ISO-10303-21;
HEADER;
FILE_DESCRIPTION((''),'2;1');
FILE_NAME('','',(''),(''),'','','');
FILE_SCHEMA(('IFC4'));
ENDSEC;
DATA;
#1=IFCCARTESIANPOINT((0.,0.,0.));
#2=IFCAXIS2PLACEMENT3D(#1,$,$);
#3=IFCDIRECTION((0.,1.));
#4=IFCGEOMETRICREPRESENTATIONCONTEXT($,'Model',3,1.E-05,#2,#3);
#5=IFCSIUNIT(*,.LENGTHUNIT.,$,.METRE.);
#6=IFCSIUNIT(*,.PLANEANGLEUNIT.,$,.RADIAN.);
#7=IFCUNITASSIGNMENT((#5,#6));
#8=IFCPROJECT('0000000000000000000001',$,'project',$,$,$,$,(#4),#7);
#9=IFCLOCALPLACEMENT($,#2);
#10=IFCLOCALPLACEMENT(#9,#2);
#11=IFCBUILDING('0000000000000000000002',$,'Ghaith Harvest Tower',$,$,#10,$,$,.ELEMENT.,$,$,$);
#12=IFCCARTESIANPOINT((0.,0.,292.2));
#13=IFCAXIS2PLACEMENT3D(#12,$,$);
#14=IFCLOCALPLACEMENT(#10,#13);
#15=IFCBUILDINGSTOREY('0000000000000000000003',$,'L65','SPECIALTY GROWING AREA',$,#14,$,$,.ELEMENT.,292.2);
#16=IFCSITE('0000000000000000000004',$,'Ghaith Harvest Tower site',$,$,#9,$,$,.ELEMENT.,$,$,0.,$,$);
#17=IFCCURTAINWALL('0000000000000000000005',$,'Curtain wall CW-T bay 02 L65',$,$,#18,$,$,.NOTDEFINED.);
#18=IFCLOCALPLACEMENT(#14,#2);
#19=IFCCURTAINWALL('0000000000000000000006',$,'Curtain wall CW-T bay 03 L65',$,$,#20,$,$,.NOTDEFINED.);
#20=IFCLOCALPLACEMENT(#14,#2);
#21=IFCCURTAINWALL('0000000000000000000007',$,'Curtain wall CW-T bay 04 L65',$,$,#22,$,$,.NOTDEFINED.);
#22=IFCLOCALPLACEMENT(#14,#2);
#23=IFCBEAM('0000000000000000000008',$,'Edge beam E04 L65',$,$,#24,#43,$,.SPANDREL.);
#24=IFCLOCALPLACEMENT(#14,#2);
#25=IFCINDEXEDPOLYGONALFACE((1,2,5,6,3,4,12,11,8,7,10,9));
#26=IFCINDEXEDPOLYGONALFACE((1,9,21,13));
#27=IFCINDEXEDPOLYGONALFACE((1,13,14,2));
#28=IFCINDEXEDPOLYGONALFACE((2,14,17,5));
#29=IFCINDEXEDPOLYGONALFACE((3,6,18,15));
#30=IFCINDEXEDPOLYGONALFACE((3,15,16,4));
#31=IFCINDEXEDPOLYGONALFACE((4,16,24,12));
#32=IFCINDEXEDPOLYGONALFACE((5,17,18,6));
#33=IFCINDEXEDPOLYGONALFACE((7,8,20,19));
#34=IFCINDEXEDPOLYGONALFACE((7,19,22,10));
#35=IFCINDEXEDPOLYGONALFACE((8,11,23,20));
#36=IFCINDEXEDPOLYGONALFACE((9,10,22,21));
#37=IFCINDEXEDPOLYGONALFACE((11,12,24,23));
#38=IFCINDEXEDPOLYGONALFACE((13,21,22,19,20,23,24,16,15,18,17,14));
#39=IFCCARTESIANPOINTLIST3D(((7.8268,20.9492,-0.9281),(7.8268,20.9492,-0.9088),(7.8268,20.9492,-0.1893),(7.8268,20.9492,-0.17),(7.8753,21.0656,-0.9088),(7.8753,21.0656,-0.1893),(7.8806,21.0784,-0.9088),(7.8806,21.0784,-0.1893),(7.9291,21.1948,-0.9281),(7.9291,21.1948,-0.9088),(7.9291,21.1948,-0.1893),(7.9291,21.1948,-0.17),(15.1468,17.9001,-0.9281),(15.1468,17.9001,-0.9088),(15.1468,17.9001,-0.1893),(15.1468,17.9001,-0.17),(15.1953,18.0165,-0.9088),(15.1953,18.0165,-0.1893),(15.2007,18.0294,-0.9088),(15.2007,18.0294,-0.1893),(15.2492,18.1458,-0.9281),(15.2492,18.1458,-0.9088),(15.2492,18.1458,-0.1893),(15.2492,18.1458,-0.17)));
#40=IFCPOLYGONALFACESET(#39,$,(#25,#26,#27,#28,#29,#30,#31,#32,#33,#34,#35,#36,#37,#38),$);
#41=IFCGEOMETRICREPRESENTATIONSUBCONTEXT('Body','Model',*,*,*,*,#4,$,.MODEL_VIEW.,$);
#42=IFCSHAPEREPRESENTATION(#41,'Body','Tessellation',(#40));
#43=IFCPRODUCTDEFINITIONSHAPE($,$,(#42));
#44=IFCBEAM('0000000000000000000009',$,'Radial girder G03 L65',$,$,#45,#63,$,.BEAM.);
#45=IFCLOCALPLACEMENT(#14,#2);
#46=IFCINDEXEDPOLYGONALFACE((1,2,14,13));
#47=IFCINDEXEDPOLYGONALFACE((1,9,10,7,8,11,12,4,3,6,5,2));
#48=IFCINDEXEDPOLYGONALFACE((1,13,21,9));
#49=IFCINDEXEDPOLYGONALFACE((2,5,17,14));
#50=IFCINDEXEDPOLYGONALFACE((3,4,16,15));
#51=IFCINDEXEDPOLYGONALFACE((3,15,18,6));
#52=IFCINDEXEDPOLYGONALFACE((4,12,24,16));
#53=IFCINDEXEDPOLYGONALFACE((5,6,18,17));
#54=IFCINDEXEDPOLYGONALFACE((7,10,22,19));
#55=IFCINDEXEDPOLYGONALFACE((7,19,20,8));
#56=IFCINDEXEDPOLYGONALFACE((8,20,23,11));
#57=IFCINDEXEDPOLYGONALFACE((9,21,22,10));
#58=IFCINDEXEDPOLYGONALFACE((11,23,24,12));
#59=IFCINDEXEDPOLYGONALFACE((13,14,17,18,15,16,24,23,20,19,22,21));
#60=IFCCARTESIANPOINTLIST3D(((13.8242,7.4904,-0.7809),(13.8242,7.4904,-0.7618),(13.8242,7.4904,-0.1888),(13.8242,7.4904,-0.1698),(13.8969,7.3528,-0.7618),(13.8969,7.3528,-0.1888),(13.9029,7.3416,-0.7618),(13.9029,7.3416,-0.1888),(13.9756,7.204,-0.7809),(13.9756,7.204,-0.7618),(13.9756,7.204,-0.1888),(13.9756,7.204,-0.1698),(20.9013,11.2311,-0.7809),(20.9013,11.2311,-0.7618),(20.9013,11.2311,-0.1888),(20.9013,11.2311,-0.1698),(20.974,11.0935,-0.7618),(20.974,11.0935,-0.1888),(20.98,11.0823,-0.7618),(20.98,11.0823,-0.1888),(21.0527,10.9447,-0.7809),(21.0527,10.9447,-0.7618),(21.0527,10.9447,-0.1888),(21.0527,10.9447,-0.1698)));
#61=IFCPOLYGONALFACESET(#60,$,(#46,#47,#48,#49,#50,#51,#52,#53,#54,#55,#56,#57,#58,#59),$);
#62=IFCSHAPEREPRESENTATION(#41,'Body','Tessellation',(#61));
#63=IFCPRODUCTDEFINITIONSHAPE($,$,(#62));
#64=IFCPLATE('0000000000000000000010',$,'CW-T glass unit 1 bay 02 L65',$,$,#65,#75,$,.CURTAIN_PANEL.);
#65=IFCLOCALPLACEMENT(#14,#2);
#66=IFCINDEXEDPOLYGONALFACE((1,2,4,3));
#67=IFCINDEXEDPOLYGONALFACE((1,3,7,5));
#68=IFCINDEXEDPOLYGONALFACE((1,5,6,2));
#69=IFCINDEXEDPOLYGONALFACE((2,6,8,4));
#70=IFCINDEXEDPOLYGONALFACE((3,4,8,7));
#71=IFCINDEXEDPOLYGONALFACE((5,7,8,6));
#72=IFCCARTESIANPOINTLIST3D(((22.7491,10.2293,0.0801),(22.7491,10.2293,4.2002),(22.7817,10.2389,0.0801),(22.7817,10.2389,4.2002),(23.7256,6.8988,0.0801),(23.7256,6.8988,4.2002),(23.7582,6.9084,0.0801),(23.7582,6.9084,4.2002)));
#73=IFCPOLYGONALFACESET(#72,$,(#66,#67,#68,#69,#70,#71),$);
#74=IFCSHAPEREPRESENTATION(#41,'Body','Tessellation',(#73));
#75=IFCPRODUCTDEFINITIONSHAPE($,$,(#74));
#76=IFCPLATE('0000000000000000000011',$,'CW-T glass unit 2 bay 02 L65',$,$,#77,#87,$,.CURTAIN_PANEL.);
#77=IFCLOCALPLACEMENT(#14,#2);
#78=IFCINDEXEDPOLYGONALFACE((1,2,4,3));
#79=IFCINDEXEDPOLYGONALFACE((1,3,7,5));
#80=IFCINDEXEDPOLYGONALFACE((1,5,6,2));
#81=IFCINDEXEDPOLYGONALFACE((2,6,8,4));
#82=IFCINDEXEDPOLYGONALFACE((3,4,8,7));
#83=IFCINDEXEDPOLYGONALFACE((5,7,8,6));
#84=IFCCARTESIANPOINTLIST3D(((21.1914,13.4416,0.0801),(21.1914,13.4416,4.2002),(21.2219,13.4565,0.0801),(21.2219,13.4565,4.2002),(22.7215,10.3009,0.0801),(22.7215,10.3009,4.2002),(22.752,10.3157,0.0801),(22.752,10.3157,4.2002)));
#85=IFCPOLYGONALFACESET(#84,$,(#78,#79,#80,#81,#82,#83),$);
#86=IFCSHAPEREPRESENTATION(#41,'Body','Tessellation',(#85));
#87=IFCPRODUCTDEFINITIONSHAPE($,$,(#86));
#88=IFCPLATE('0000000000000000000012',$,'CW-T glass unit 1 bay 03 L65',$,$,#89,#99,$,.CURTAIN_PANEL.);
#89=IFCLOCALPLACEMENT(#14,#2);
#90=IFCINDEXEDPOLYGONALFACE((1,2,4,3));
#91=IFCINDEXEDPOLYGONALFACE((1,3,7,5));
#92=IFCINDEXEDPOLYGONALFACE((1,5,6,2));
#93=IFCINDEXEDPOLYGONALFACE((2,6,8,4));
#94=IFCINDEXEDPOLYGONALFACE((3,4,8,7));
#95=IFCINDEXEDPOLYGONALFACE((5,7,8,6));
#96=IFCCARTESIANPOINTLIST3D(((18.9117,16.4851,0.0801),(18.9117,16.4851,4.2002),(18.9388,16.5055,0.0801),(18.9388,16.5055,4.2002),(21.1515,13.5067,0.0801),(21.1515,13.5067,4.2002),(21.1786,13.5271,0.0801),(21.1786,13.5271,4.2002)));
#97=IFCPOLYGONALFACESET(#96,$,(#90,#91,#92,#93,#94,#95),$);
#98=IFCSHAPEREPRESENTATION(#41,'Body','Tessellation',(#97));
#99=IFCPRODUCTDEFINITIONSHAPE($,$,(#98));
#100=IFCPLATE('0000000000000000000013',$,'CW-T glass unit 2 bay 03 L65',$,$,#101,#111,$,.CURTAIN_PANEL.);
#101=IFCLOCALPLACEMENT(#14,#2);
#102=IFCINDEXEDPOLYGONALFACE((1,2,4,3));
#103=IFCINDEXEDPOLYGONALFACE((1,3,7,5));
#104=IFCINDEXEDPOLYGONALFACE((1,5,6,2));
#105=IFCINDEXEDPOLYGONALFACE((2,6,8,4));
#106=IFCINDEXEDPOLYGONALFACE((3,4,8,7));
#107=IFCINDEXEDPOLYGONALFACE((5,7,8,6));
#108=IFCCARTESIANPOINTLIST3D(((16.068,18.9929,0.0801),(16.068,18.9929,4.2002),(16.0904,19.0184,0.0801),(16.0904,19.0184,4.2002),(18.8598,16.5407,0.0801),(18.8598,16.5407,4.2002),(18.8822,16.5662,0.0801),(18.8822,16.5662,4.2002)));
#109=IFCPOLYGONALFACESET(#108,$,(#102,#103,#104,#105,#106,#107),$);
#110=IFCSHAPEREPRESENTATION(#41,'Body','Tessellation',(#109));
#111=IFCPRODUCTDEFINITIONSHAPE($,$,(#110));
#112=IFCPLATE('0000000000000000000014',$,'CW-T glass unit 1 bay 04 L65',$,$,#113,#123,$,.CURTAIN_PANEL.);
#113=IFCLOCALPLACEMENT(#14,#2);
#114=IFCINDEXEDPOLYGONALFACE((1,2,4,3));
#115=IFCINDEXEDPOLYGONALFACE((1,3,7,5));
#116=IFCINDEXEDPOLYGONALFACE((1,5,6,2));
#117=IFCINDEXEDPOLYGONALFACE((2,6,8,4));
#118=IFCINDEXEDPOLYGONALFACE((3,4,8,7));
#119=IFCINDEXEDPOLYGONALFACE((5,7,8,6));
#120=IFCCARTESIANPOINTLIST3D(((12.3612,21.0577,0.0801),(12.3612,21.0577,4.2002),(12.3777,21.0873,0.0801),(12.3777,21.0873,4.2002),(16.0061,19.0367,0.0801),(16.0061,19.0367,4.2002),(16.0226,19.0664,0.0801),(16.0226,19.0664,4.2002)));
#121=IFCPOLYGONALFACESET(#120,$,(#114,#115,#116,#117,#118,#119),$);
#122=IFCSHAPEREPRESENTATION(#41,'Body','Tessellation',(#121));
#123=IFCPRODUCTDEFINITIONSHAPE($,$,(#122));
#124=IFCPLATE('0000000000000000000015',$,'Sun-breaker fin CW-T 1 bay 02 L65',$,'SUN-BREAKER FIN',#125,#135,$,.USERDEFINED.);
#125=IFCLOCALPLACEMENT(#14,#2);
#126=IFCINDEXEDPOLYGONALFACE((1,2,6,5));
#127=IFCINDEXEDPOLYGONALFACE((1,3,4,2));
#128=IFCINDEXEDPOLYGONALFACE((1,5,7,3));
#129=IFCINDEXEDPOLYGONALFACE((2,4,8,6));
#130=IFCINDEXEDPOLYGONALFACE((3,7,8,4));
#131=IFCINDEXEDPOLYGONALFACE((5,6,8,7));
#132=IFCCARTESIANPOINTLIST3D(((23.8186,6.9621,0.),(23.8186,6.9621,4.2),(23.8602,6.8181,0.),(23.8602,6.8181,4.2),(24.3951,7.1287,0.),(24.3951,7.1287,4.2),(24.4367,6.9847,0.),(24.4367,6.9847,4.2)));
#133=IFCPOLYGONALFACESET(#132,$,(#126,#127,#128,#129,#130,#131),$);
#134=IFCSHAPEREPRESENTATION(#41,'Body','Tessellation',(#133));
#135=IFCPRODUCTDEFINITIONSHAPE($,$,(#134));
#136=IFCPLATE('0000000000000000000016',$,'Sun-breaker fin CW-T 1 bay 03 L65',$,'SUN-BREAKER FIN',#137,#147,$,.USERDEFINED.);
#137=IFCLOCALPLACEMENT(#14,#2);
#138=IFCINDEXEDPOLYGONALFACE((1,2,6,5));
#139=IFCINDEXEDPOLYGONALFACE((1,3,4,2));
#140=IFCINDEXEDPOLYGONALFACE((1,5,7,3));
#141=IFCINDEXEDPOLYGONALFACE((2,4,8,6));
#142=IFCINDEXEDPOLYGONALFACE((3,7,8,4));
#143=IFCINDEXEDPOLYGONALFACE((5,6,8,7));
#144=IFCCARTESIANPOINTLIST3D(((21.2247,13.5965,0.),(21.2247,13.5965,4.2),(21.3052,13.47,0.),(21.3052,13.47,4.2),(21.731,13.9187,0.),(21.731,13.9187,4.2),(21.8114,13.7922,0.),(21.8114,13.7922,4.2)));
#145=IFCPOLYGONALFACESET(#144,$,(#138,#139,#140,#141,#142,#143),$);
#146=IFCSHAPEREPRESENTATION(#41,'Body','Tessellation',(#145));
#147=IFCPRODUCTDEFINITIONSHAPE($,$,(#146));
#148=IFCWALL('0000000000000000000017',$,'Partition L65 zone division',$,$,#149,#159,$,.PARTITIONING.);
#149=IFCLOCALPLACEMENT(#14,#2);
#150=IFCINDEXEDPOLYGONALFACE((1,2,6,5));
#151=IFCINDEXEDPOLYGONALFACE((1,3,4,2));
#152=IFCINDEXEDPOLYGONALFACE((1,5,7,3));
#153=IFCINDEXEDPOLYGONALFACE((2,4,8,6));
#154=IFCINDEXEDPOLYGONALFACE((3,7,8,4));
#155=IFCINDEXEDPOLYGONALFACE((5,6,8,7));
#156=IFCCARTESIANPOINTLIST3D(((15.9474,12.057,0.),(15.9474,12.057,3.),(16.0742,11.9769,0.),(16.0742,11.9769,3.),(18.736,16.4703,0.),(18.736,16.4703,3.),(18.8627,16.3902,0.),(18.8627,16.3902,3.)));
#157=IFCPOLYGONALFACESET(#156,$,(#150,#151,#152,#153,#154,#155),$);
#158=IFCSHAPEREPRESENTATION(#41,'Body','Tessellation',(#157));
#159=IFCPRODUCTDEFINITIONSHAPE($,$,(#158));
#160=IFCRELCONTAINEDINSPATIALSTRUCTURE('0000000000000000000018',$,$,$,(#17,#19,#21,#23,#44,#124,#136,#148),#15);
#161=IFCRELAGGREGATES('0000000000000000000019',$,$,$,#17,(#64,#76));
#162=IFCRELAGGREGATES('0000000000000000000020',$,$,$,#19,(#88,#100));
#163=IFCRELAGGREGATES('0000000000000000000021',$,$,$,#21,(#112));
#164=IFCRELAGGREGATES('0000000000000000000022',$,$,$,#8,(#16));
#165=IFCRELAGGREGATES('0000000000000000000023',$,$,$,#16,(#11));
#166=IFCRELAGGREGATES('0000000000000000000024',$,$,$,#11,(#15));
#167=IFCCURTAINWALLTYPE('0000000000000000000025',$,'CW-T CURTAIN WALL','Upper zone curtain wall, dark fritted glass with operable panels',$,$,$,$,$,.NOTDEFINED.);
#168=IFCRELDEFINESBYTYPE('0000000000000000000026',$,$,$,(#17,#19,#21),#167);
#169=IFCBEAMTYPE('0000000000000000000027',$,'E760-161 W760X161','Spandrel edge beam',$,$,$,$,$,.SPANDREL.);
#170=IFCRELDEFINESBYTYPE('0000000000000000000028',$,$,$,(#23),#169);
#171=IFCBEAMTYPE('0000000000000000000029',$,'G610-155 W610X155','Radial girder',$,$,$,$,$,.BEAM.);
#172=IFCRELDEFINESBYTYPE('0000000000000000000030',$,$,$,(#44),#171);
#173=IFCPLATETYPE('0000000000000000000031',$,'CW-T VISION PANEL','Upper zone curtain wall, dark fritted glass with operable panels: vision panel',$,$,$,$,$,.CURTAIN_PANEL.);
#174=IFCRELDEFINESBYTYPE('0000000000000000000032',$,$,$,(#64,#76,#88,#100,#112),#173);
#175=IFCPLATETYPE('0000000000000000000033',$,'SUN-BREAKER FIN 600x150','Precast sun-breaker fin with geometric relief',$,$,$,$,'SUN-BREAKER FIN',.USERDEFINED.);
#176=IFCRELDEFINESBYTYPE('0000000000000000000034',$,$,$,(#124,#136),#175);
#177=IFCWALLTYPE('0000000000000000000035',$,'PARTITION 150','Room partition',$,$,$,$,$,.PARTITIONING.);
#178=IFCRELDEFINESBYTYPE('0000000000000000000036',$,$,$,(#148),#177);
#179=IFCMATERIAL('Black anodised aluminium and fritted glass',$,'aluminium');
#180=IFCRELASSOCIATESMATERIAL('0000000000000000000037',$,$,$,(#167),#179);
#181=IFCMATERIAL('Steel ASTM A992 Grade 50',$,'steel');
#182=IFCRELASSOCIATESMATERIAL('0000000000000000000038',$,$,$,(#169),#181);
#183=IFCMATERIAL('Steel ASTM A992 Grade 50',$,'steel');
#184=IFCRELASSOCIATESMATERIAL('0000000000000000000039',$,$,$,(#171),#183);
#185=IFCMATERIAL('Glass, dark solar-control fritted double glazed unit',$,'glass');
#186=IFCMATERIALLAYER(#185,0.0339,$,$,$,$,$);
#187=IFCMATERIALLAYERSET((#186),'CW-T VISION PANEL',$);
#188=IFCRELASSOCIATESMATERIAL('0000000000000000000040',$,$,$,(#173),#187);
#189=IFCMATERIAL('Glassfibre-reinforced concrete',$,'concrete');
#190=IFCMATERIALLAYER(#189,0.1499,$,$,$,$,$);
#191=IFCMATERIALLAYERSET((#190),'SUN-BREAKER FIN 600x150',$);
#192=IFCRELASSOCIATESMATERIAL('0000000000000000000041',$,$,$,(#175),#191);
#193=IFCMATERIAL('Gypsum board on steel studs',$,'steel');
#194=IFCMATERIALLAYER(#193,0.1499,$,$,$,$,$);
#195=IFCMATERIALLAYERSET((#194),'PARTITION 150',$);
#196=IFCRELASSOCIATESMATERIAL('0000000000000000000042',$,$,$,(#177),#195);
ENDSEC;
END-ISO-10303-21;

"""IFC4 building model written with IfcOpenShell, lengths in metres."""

from ifc_helpers import new_model, si_unit, direction, frame, frame_2d, origin, origin_2d, place, context, subcontext, project, spatial, rectangle, i_section, extrude, material, layer, layer_set, material_profile, profile_set, type_object, element, aggregate, save


model = new_model("IFC4")

# Units and contexts
model_context = context("Model", 3, precision=1e-05, world=origin(), true_north=direction((0.0, 1.0)))
body_context = subcontext(model_context, "Body", "Model", "MODEL_VIEW")
ifc_project = project(units=[si_unit("LENGTHUNIT", "METRE"), si_unit("PLANEANGLEUNIT", "RADIAN")], contexts=[model_context])

# Site, building, storey
site_placement = place(None, origin())
site = spatial("IfcSite", under=ifc_project, at=site_placement, Name="Ghaith Harvest Tower site", CompositionType="ELEMENT", RefElevation=0.0)
building_placement = place(site_placement, origin())
building = spatial("IfcBuilding", under=site, at=building_placement, Name="Ghaith Harvest Tower", CompositionType="ELEMENT")
storey_placement = place(building_placement, frame((0.0, 0.0, 292.2)))
storey = spatial("IfcBuildingStorey", under=building, at=storey_placement, Name="L65", Description="SPECIALTY GROWING AREA", CompositionType="ELEMENT", Elevation=292.2)

# Curtain walls
ifc_material_1 = material(Name="Black anodised aluminium and fritted glass", Category="aluminium")
curtain_wall_type = type_object("IfcCurtainWallType", Name="CW-T CURTAIN WALL", Description="Upper zone curtain wall, dark fritted glass with operable panels", PredefinedType="NOTDEFINED", material=ifc_material_1)
curtain_wall_1_placement = place(storey_placement, origin())
curtain_wall_1 = element("IfcCurtainWall", 1, at=curtain_wall_1_placement, inside=storey, type_object=curtain_wall_type, Name="Curtain wall CW-T bay 02 L65", PredefinedType="NOTDEFINED")
curtain_wall_2_placement = place(storey_placement, origin())
curtain_wall_2 = element("IfcCurtainWall", 2, at=curtain_wall_2_placement, inside=storey, type_object=curtain_wall_type, Name="Curtain wall CW-T bay 03 L65", PredefinedType="NOTDEFINED")

# Curtain wall
curtain_wall_3_placement = place(storey_placement, origin())
curtain_wall_3 = element("IfcCurtainWall", 3, at=curtain_wall_3_placement, inside=storey, type_object=curtain_wall_type, Name="Curtain wall CW-T bay 04 L65", PredefinedType="NOTDEFINED")

# Beams
ifc_material_2 = material(Name="Steel ASTM A992 Grade 50", Category="steel")
ifc_material_profile_1 = material_profile(ifc_material_2, i_section(OverallWidth=0.2661, OverallDepth=0.7581, WebThickness=0.0139, FlangeThickness=0.0193, at=origin_2d()), Name="W760X161")
ifc_profile_set_1 = profile_set([ifc_material_profile_1], Name="Steel ASTM A992 Grade 50")
beam_type_1 = type_object("IfcBeamType", Name="E760-161 W760X161", Description="Spandrel edge beam", PredefinedType="SPANDREL", material=ifc_profile_set_1)
beam_1_placement = place(storey_placement, frame((15.198, 18.0229, -0.5491), z_axis=(-0.92312, 0.384513, 0.0), x_axis=(-0.384513, -0.92312, 0.0)))
element("IfcBeam", 4, at=beam_1_placement, inside=storey, type_object=beam_type_1, Name="Edge beam E04 L65", PredefinedType="SPANDREL", context=body_context, shape_type="SweptSolid", body=[
    extrude(i_section(OverallWidth=0.2661, OverallDepth=0.7581, WebThickness=0.0139, FlangeThickness=0.0193, at=origin_2d()), origin(), (0.0, 0.0, 1.0), 7.9297),
])
ifc_material_3 = material(Name="Steel ASTM A992 Grade 50", Category="steel")
ifc_material_profile_2 = material_profile(ifc_material_3, i_section(OverallWidth=0.324, OverallDepth=0.6111, WebThickness=0.0127, FlangeThickness=0.019, at=origin_2d()), Name="W610X155")
ifc_profile_set_2 = profile_set([ifc_material_profile_2], Name="Steel ASTM A992 Grade 50")
beam_type_2 = type_object("IfcBeamType", Name="G610-155 W610X155", Description="Radial girder", PredefinedType="BEAM", material=ifc_profile_set_2)
beam_2_placement = place(storey_placement, frame((13.8999, 7.3472, -0.4753), z_axis=(0.884098, 0.467302, 0.0), x_axis=(-0.467302, 0.884098, 0.0)))
element("IfcBeam", 5, at=beam_2_placement, inside=storey, type_object=beam_type_2, Name="Radial girder G03 L65", PredefinedType="BEAM", context=body_context, shape_type="SweptSolid", body=[
    extrude(i_section(OverallWidth=0.324, OverallDepth=0.6111, WebThickness=0.0127, FlangeThickness=0.019, at=origin_2d()), origin(), (0.0, 0.0, 1.0), 8.0049),
])

# Plates
ifc_material_4 = material(Name="Glass, dark solar-control fritted double glazed unit", Category="glass")
ifc_layer_1 = layer(ifc_material_4, 0.0339)
ifc_layer_set_1 = layer_set([ifc_layer_1], Name="CW-T VISION PANEL")
plate_type_1 = type_object("IfcPlateType", Name="CW-T VISION PANEL", Description="Upper zone curtain wall, dark fritted glass with operable panels: vision panel", PredefinedType="CURTAIN_PANEL", material=ifc_layer_set_1)
plate_1_placement = place(storey_placement, frame((23.2537, 8.5688, 0.0801), z_axis=(0.0, 0.0, 1.0), x_axis=(-0.281345, 0.959607, 0.0)))
plate_1 = element("IfcPlate", 6, at=plate_1_placement, type_object=plate_type_1, Name="CW-T glass unit 1 bay 02 L65", PredefinedType="CURTAIN_PANEL", context=body_context, shape_type="SweptSolid", body=[
    extrude(rectangle(XDim=3.4707, YDim=0.0339, at=origin_2d()), origin(), (0.0, 0.0, 1.0), 4.1201),
])
plate_2_placement = place(storey_placement, frame((21.9717, 11.8787, 0.0801), z_axis=(0.0, 0.0, 1.0), x_axis=(-0.437968, 0.89899, 0.0)))
plate_2 = element("IfcPlate", 7, at=plate_2_placement, type_object=plate_type_1, Name="CW-T glass unit 2 bay 02 L65", PredefinedType="CURTAIN_PANEL", context=body_context, shape_type="SweptSolid", body=[
    extrude(rectangle(XDim=3.4937, YDim=0.0339, at=origin_2d()), origin(), (0.0, 0.0, 1.0), 4.1201),
])
aggregate(curtain_wall_1, [plate_1, plate_2])
plate_3_placement = place(storey_placement, frame((20.0452, 15.0061, 0.0801), z_axis=(0.0, 0.0, 1.0), x_axis=(-0.601048, 0.799213, 0.0)))
plate_3 = element("IfcPlate", 8, at=plate_3_placement, type_object=plate_type_1, Name="CW-T glass unit 1 bay 03 L65", PredefinedType="CURTAIN_PANEL", context=body_context, shape_type="SweptSolid", body=[
    extrude(rectangle(XDim=3.7266, YDim=0.0339, at=origin_2d()), origin(), (0.0, 0.0, 1.0), 4.1201),
])
plate_4_placement = place(storey_placement, frame((17.4751, 17.7795, 0.0801), z_axis=(0.0, 0.0, 1.0), x_axis=(-0.751335, 0.659922, 0.0)))
plate_4 = element("IfcPlate", 9, at=plate_4_placement, type_object=plate_type_1, Name="CW-T glass unit 2 bay 03 L65", PredefinedType="CURTAIN_PANEL", context=body_context, shape_type="SweptSolid", body=[
    extrude(rectangle(XDim=3.7158, YDim=0.0339, at=origin_2d()), origin(), (0.0, 0.0, 1.0), 4.1201),
])
aggregate(curtain_wall_2, [plate_3, plate_4])
plate_5_placement = place(storey_placement, frame((14.1919, 20.062, 0.0801), z_axis=(0.0, 0.0, 1.0), x_axis=(-0.874564, 0.48491, 0.0)))
plate_5 = element("IfcPlate", 10, at=plate_5_placement, type_object=plate_type_1, Name="CW-T glass unit 1 bay 04 L65", PredefinedType="CURTAIN_PANEL", context=body_context, shape_type="SweptSolid", body=[
    extrude(rectangle(XDim=4.1677, YDim=0.0339, at=origin_2d()), origin(), (0.0, 0.0, 1.0), 4.1201),
])
aggregate(curtain_wall_3, [plate_5])

# Plates
ifc_material_5 = material(Name="Glassfibre-reinforced concrete", Category="concrete")
ifc_layer_2 = layer(ifc_material_5, 0.1499)
ifc_layer_set_2 = layer_set([ifc_layer_2], Name="SUN-BREAKER FIN 600x150")
plate_type_2 = type_object("IfcPlateType", Name="SUN-BREAKER FIN 600x150", Description="Precast sun-breaker fin with geometric relief", ElementType="SUN-BREAKER FIN", PredefinedType="USERDEFINED", material=ifc_layer_set_2)
for number, where, z_axis, x_axis, name in (
    (11, (24.1277, 6.9734, 0.0), (0.0, 0.0, 1.0), (0.96068, 0.277657, 0.0), "Sun-breaker fin CW-T 1 bay 02 L65"),
    (12, (21.5181, 13.6943, 0.0), (0.0, 0.0, 1.0), (0.843644, 0.536903, 0.0), "Sun-breaker fin CW-T 1 bay 03 L65"),
):
    element("IfcPlate", number, at=place(storey_placement, frame(where, z_axis=z_axis, x_axis=x_axis)), inside=storey, type_object=plate_type_2, Name=name, ObjectType="SUN-BREAKER FIN", PredefinedType="USERDEFINED", context=body_context, shape_type="SweptSolid", body=[
        extrude(rectangle(XDim=0.6001, YDim=0.1499, at=origin_2d()), origin(), (0.0, 0.0, 1.0), 4.2),
    ])

# Wall
ifc_material_6 = material(Name="Gypsum board on steel studs", Category="steel")
ifc_layer_3 = layer(ifc_material_6, 0.1499)
ifc_layer_set_3 = layer_set([ifc_layer_3], Name="PARTITION 150")
wall_type_1 = type_object("IfcWallType", Name="PARTITION 150", Description="Room partition", PredefinedType="PARTITIONING", material=ifc_layer_set_3)
wall_1_placement = place(storey_placement, frame((16.0107, 12.0168, 0.0), z_axis=(0.0, 0.0, 1.0), x_axis=(0.534158, 0.845384, 0.0)))
element("IfcWall", 13, at=wall_1_placement, inside=storey, type_object=wall_type_1, Name="Partition L65 zone division", PredefinedType="PARTITIONING", context=body_context, shape_type="SweptSolid", body=[
    extrude(rectangle(XDim=5.2205, YDim=0.1499, at=frame_2d((2.6104, 0.0))), origin(), (0.0, 0.0, 1.0), 3.0),
])

save(model, "model.ifc")
